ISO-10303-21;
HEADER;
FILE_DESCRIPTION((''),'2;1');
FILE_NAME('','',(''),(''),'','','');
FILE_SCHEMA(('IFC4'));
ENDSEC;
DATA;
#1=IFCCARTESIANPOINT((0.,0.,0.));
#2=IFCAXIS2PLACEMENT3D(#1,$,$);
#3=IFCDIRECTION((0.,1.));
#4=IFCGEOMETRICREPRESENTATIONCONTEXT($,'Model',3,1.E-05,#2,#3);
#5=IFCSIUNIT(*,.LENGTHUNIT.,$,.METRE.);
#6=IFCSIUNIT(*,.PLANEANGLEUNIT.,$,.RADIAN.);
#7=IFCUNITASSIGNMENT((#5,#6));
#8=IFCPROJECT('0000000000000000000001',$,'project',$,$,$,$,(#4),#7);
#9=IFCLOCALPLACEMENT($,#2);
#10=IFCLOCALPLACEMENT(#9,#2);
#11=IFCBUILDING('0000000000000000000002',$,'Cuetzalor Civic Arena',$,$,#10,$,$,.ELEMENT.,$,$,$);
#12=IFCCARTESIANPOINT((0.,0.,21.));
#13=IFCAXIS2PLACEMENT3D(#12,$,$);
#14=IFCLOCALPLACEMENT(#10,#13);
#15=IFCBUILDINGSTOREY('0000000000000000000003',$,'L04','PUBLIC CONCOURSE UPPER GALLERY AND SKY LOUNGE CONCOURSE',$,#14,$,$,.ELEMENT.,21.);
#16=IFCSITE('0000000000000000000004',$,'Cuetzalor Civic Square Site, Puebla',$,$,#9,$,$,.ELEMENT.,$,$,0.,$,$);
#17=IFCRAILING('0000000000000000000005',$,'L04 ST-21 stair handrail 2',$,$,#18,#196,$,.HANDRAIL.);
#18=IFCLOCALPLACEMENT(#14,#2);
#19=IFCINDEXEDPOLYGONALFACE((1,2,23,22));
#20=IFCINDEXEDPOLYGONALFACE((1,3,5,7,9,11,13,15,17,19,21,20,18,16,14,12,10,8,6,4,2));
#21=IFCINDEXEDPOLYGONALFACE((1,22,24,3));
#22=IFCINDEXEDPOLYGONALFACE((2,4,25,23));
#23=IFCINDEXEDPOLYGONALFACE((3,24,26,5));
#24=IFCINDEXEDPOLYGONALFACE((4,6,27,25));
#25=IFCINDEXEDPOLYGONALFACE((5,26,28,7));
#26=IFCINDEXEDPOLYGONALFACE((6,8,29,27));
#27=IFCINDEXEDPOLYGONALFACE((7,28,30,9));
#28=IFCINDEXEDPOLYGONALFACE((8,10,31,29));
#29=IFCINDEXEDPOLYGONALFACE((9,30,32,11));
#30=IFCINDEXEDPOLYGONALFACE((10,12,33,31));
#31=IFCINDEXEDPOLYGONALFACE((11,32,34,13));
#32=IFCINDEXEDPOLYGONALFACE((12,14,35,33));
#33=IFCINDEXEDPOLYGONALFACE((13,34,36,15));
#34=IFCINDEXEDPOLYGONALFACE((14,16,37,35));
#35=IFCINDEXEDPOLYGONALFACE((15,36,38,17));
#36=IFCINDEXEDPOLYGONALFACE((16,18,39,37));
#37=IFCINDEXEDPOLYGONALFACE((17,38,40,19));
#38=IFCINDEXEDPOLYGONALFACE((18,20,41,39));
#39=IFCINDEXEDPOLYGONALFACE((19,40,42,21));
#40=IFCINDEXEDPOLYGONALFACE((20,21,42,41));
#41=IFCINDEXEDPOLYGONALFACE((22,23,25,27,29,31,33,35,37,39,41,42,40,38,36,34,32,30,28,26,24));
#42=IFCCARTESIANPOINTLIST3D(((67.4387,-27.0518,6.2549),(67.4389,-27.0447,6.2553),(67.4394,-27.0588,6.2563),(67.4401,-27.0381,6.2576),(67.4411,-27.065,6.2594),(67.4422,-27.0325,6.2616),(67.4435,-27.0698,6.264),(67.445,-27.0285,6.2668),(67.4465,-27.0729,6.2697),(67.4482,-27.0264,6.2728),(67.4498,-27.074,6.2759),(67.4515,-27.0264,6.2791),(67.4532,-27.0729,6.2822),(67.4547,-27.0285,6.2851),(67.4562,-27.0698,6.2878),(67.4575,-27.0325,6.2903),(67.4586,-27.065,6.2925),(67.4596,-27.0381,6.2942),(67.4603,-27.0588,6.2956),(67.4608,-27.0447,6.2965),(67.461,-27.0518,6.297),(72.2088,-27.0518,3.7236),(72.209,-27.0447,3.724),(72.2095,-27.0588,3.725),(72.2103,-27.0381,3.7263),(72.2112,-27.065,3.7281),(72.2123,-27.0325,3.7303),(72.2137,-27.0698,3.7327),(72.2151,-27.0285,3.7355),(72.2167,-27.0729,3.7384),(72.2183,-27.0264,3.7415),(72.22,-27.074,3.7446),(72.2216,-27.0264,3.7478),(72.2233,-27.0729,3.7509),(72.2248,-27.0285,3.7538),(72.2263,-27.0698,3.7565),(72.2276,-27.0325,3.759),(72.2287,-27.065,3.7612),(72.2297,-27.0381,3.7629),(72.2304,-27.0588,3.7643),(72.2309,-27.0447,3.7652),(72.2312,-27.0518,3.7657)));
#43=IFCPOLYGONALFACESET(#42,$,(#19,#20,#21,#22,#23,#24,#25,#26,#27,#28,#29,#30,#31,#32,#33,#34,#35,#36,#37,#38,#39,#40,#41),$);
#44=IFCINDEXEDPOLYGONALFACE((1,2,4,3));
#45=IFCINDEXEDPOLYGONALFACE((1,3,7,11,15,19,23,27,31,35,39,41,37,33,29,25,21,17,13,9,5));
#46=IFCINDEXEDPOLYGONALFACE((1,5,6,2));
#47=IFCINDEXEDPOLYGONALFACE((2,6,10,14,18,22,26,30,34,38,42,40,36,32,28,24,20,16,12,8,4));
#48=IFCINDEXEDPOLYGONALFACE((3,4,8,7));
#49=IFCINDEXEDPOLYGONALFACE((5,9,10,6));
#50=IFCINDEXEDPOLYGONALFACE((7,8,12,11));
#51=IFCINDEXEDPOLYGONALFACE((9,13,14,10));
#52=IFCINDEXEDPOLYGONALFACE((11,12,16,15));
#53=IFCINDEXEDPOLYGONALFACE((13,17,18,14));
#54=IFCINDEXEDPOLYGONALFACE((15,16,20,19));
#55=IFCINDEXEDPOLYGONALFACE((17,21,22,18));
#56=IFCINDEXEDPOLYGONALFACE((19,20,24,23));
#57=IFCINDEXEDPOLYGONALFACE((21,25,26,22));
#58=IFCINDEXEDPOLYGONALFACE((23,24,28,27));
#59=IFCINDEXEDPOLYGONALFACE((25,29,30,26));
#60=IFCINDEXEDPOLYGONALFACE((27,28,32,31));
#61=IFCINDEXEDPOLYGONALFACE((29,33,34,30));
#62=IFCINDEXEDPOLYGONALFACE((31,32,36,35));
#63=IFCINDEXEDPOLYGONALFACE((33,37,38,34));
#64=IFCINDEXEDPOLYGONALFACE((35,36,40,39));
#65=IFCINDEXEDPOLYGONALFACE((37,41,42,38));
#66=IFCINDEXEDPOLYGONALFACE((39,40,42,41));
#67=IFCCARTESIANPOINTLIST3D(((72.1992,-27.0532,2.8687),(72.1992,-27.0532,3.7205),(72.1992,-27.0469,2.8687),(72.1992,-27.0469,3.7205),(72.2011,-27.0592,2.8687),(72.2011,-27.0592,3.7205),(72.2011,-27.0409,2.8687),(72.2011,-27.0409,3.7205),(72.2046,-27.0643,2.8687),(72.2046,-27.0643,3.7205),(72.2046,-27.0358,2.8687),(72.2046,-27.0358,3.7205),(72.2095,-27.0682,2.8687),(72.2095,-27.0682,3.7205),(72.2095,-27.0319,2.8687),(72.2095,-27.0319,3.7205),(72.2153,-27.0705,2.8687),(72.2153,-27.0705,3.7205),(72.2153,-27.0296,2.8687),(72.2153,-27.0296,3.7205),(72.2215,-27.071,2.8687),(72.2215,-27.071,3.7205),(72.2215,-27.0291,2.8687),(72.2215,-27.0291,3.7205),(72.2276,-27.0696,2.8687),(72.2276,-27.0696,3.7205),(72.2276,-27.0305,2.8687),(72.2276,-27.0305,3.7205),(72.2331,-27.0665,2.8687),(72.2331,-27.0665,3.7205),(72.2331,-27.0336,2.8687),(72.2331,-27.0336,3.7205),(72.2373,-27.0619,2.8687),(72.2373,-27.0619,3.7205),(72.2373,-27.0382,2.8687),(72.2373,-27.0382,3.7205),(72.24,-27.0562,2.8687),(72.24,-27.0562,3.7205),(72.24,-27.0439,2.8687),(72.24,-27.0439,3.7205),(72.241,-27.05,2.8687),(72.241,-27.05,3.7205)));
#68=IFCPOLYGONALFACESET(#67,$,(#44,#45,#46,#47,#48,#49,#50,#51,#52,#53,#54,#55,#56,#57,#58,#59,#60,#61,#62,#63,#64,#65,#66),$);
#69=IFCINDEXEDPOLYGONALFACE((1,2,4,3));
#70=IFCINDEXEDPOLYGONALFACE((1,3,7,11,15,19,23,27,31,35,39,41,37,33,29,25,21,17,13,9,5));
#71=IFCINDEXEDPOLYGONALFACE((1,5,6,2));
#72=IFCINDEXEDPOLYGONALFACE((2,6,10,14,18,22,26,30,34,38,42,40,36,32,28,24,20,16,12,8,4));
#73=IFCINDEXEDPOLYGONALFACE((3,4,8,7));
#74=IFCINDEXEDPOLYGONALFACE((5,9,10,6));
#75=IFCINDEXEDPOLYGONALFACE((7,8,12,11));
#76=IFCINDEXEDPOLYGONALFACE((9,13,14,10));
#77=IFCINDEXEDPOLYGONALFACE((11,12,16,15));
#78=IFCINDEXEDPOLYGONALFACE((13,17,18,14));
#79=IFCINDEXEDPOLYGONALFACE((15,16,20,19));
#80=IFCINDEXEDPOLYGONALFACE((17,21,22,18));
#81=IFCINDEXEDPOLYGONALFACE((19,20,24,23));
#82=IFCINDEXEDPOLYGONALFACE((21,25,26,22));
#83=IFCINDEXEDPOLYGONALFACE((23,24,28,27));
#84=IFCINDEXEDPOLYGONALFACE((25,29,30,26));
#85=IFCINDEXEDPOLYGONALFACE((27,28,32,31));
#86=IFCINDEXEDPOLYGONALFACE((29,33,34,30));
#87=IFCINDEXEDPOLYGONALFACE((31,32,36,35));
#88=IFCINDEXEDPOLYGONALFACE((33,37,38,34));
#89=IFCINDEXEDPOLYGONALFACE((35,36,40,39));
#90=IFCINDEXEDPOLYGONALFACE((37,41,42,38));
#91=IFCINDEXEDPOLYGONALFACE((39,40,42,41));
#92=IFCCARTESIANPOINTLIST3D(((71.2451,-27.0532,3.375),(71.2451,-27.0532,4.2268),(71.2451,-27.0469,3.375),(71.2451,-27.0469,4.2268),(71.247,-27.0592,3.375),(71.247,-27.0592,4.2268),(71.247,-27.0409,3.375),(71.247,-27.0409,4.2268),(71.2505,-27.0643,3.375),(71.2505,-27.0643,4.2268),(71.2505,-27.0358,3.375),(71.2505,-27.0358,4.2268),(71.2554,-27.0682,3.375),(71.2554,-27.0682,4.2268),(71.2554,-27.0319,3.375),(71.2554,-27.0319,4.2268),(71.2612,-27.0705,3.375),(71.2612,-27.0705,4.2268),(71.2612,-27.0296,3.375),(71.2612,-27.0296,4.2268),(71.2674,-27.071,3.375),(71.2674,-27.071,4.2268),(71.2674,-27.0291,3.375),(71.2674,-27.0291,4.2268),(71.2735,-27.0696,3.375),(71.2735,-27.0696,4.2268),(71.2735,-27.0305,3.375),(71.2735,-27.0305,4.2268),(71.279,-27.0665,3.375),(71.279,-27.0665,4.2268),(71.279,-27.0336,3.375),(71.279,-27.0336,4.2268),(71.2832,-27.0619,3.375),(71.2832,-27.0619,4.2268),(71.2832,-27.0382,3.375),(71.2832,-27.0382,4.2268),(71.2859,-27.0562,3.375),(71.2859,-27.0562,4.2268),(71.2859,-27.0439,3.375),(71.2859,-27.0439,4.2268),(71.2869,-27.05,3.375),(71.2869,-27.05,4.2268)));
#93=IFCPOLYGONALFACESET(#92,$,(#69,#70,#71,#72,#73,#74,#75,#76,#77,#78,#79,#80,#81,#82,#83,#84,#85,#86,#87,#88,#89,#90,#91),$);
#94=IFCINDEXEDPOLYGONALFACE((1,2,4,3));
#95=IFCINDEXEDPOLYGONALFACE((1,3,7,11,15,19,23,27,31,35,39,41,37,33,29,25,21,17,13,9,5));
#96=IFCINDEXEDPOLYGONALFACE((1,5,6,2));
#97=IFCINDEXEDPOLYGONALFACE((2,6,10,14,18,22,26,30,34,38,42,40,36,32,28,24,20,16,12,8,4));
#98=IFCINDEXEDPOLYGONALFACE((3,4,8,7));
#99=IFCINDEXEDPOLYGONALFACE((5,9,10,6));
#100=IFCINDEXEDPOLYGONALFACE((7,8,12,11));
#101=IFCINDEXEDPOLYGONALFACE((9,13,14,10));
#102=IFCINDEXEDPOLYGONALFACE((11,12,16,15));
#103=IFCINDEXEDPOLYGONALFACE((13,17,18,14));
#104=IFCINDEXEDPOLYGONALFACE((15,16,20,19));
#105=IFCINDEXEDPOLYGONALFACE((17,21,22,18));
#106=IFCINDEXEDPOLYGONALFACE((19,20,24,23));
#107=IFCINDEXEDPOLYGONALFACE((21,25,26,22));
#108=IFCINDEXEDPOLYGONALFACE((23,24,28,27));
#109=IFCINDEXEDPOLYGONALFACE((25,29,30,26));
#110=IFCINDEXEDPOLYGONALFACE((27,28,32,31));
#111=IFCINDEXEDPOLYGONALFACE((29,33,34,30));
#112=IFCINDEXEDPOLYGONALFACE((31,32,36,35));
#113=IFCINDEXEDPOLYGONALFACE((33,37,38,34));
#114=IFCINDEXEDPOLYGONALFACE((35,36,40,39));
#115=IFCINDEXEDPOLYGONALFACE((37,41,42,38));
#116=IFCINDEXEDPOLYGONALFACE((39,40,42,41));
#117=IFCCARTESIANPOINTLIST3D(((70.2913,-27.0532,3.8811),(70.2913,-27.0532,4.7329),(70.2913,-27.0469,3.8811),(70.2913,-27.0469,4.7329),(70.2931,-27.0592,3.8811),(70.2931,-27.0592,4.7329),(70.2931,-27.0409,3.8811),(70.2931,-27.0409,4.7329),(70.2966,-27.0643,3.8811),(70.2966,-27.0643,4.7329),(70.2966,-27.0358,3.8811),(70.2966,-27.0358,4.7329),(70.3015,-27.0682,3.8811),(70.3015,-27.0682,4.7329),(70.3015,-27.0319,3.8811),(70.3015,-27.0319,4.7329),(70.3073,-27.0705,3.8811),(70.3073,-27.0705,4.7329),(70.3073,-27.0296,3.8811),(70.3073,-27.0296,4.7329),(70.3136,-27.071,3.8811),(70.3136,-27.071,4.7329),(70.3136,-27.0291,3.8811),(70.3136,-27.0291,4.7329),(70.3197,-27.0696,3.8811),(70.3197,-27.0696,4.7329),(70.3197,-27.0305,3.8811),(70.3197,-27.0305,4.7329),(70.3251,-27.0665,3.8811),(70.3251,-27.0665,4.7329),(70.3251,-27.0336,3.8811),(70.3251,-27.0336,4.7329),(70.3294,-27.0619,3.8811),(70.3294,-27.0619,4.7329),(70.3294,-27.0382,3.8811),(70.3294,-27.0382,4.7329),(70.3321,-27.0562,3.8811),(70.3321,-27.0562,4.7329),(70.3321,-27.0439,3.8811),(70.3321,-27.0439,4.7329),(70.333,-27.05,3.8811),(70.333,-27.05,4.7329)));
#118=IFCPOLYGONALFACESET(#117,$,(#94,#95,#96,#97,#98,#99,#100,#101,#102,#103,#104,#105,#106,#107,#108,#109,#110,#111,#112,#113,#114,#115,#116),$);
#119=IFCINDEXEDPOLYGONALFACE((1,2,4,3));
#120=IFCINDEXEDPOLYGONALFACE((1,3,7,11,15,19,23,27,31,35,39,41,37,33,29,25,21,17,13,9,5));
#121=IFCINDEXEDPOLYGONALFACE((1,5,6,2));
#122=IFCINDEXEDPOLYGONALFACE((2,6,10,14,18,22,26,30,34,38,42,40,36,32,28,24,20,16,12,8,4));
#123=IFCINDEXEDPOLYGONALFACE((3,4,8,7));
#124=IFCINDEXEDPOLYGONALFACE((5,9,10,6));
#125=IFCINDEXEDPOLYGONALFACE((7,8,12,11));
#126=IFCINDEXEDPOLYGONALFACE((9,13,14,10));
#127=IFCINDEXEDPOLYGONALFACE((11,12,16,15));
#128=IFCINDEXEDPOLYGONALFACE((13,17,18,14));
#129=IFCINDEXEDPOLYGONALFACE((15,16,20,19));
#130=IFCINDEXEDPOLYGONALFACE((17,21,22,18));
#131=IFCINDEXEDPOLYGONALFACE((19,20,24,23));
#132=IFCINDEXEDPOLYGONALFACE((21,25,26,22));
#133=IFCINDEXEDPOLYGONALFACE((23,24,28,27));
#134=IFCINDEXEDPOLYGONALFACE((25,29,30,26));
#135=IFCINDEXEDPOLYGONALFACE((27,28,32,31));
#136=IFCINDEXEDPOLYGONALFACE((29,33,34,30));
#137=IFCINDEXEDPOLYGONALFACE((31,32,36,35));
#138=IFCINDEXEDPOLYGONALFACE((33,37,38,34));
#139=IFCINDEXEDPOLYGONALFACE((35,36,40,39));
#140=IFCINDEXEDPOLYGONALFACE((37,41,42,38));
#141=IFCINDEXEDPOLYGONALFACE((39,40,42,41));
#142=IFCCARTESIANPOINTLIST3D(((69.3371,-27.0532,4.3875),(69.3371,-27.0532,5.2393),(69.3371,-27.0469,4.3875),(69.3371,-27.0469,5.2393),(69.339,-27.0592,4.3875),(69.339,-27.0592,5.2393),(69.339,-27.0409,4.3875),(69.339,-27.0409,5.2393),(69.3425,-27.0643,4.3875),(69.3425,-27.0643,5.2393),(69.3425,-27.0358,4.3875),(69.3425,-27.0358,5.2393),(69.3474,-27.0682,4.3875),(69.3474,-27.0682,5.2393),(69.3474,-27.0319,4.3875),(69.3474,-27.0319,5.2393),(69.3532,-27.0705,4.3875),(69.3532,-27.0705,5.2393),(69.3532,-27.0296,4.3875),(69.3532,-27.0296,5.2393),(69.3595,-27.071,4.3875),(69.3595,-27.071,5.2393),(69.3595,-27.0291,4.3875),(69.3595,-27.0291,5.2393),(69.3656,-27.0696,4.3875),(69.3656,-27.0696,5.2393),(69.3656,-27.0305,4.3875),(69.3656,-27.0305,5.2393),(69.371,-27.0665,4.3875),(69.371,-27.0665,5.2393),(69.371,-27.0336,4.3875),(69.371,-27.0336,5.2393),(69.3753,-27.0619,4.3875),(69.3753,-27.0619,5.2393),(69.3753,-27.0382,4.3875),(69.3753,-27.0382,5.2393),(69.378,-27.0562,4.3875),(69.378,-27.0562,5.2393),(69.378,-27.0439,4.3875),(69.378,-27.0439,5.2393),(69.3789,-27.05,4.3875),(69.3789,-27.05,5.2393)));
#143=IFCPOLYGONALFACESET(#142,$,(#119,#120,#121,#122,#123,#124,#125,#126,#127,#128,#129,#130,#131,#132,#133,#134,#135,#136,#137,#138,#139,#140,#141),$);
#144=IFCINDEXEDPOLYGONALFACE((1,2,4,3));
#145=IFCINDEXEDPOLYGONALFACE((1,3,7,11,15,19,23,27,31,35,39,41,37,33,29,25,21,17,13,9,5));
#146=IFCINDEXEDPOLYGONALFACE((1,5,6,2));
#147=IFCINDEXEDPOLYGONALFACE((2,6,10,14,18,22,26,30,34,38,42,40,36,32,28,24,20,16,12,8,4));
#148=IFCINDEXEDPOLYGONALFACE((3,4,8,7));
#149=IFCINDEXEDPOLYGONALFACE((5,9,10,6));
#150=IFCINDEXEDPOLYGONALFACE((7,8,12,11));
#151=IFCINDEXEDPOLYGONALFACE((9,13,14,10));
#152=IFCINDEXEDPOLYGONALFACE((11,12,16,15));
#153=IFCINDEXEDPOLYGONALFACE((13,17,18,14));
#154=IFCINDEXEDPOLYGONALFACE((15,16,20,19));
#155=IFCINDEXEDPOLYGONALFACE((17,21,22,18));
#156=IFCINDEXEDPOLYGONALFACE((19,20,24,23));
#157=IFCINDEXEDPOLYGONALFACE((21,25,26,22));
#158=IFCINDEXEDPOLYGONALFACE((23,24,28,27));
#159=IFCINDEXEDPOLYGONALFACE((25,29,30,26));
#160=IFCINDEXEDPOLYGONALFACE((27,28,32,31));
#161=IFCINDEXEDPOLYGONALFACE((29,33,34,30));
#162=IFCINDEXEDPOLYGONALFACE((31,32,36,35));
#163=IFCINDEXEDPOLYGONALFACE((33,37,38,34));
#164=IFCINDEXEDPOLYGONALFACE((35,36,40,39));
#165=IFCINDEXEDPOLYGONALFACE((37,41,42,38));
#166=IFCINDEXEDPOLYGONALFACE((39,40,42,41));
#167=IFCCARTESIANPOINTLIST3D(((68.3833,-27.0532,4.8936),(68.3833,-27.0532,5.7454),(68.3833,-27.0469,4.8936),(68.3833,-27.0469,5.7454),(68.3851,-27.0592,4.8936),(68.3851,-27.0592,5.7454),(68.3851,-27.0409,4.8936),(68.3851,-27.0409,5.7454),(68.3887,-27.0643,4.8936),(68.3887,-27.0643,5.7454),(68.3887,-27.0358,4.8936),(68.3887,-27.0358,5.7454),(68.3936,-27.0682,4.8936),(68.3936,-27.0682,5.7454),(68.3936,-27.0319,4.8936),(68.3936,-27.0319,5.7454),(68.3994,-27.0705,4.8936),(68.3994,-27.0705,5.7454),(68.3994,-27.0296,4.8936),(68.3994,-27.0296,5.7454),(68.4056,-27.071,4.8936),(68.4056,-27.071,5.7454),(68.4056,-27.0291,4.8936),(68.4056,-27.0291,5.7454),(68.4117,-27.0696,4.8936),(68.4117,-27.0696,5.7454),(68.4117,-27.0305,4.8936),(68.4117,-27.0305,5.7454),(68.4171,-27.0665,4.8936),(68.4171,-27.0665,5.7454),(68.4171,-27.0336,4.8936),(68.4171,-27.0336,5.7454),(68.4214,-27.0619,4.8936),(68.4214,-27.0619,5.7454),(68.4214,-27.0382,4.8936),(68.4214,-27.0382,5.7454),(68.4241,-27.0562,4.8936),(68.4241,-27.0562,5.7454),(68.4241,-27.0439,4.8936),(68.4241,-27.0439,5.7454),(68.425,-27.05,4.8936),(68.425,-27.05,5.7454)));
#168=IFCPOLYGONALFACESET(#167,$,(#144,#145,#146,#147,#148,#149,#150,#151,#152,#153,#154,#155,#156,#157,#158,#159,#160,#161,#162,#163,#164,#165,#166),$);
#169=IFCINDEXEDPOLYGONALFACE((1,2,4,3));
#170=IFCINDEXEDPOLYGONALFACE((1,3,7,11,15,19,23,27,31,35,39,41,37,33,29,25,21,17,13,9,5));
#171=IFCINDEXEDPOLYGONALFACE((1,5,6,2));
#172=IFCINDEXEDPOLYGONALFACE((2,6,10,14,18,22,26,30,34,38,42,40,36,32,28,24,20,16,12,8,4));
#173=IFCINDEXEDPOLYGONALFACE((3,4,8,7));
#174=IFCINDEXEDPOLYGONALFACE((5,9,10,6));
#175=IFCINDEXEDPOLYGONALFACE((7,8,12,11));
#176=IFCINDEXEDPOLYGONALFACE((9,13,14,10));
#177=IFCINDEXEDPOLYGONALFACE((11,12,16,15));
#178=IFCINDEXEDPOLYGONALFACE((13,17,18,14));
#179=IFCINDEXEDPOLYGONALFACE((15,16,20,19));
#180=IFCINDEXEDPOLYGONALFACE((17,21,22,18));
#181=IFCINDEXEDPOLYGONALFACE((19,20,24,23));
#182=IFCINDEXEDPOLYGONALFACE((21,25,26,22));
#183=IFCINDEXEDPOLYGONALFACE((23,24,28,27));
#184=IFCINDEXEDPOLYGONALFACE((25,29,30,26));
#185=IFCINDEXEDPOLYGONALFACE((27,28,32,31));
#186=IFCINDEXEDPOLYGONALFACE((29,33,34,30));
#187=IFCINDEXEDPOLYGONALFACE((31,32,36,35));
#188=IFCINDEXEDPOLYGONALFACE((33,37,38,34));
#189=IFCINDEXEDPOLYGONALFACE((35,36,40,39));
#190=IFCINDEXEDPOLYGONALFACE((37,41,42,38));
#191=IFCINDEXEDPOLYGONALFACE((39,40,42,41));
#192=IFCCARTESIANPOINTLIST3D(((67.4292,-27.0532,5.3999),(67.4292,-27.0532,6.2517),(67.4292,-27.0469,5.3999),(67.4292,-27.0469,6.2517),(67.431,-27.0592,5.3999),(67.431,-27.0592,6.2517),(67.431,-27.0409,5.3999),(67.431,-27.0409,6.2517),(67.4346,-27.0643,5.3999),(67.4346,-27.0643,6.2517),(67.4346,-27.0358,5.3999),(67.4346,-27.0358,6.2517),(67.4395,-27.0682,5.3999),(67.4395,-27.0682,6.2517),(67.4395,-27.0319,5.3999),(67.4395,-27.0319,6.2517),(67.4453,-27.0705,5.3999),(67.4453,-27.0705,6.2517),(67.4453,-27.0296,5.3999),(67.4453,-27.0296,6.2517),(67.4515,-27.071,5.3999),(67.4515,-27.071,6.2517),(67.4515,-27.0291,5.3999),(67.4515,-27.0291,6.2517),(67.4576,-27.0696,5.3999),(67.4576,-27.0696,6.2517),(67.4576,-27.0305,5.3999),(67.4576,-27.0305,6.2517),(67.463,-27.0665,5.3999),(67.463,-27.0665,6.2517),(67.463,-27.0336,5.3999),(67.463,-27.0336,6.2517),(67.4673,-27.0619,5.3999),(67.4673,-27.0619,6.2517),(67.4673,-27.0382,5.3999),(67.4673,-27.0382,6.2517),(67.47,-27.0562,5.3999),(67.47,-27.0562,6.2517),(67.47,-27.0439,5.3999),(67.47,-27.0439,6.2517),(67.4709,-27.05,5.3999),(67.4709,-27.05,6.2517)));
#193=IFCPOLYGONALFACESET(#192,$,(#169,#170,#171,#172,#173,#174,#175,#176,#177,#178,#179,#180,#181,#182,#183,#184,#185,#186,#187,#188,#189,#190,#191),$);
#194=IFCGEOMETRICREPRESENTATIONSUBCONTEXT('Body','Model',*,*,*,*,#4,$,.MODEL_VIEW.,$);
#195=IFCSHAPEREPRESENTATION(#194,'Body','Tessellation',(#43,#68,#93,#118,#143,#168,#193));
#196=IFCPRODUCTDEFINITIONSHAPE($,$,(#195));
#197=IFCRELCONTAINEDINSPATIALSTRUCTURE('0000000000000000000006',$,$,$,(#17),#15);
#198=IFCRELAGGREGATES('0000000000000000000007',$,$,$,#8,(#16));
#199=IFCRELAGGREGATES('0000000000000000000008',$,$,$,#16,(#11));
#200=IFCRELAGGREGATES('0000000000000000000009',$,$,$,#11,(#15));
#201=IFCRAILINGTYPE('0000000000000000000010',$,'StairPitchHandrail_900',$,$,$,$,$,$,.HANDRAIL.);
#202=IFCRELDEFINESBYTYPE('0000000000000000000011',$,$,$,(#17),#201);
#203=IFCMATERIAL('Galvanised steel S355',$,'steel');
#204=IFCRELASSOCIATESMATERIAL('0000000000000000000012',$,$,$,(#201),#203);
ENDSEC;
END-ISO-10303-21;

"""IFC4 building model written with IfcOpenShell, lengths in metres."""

from ifc_helpers import new_model, si_unit, direction, frame, origin, origin_2d, place, context, subcontext, project, spatial, circle, extrude, material, type_object, element, save


model = new_model("IFC4")

# Units and contexts
model_context = context("Model", 3, precision=1e-05, world=origin(), true_north=direction((0.0, 1.0)))
body_context = subcontext(model_context, "Body", "Model", "MODEL_VIEW")
ifc_project = project(units=[si_unit("LENGTHUNIT", "METRE"), si_unit("PLANEANGLEUNIT", "RADIAN")], contexts=[model_context])

# Site, building, storey
site_placement = place(None, origin())
site = spatial("IfcSite", under=ifc_project, at=site_placement, Name="Cuetzalor Civic Square Site, Puebla", CompositionType="ELEMENT", RefElevation=0.0)
building_placement = place(site_placement, origin())
building = spatial("IfcBuilding", under=site, at=building_placement, Name="Cuetzalor Civic Arena", CompositionType="ELEMENT")
storey_placement = place(building_placement, frame((0.0, 0.0, 21.0)))
storey = spatial("IfcBuildingStorey", under=building, at=storey_placement, Name="L04", Description="PUBLIC CONCOURSE UPPER GALLERY AND SKY LOUNGE CONCOURSE", CompositionType="ELEMENT", Elevation=21.0)

# Railing
ifc_material_1 = material(Name="Galvanised steel S355", Category="steel")
railing_type_1 = type_object("IfcRailingType", Name="StairPitchHandrail_900", PredefinedType="HANDRAIL", material=ifc_material_1)
railing_1_placement = place(storey_placement, frame((72.22, -27.05, 2.8687)))
element("IfcRailing", 1, at=railing_1_placement, inside=storey, type_object=railing_type_1, Name="L04 ST-21 stair handrail 2", PredefinedType="HANDRAIL", context=body_context, shape_type="SweptSolid", body=[
    extrude(circle(Radius=0.0239, at=origin_2d()), frame((0.0, 0.0, 0.876), z_axis=(-0.883332, 0.0, 0.468747), x_axis=(0.0, -1.0, 0.0)), (0.0, 0.0, 1.0), 5.4001),
    extrude(circle(Radius=0.021, at=origin_2d()), origin(), (0.0, 0.0, 1.0), 0.8518),
    extrude(circle(Radius=0.021, at=origin_2d()), frame((-0.9541, 0.0, 0.5063)), (0.0, 0.0, 1.0), 0.8518),
    extrude(circle(Radius=0.021, at=origin_2d()), frame((-1.908, 0.0, 1.0125)), (0.0, 0.0, 1.0), 0.8518),
    extrude(circle(Radius=0.021, at=origin_2d()), frame((-2.8621, 0.0, 1.5188)), (0.0, 0.0, 1.0), 0.8518),
    extrude(circle(Radius=0.021, at=origin_2d()), frame((-3.8159, 0.0, 2.0249)), (0.0, 0.0, 1.0), 0.8518),
    extrude(circle(Radius=0.021, at=origin_2d()), frame((-4.77, 0.0, 2.5312)), (0.0, 0.0, 1.0), 0.8518),
])

save(model, "model.ifc")
